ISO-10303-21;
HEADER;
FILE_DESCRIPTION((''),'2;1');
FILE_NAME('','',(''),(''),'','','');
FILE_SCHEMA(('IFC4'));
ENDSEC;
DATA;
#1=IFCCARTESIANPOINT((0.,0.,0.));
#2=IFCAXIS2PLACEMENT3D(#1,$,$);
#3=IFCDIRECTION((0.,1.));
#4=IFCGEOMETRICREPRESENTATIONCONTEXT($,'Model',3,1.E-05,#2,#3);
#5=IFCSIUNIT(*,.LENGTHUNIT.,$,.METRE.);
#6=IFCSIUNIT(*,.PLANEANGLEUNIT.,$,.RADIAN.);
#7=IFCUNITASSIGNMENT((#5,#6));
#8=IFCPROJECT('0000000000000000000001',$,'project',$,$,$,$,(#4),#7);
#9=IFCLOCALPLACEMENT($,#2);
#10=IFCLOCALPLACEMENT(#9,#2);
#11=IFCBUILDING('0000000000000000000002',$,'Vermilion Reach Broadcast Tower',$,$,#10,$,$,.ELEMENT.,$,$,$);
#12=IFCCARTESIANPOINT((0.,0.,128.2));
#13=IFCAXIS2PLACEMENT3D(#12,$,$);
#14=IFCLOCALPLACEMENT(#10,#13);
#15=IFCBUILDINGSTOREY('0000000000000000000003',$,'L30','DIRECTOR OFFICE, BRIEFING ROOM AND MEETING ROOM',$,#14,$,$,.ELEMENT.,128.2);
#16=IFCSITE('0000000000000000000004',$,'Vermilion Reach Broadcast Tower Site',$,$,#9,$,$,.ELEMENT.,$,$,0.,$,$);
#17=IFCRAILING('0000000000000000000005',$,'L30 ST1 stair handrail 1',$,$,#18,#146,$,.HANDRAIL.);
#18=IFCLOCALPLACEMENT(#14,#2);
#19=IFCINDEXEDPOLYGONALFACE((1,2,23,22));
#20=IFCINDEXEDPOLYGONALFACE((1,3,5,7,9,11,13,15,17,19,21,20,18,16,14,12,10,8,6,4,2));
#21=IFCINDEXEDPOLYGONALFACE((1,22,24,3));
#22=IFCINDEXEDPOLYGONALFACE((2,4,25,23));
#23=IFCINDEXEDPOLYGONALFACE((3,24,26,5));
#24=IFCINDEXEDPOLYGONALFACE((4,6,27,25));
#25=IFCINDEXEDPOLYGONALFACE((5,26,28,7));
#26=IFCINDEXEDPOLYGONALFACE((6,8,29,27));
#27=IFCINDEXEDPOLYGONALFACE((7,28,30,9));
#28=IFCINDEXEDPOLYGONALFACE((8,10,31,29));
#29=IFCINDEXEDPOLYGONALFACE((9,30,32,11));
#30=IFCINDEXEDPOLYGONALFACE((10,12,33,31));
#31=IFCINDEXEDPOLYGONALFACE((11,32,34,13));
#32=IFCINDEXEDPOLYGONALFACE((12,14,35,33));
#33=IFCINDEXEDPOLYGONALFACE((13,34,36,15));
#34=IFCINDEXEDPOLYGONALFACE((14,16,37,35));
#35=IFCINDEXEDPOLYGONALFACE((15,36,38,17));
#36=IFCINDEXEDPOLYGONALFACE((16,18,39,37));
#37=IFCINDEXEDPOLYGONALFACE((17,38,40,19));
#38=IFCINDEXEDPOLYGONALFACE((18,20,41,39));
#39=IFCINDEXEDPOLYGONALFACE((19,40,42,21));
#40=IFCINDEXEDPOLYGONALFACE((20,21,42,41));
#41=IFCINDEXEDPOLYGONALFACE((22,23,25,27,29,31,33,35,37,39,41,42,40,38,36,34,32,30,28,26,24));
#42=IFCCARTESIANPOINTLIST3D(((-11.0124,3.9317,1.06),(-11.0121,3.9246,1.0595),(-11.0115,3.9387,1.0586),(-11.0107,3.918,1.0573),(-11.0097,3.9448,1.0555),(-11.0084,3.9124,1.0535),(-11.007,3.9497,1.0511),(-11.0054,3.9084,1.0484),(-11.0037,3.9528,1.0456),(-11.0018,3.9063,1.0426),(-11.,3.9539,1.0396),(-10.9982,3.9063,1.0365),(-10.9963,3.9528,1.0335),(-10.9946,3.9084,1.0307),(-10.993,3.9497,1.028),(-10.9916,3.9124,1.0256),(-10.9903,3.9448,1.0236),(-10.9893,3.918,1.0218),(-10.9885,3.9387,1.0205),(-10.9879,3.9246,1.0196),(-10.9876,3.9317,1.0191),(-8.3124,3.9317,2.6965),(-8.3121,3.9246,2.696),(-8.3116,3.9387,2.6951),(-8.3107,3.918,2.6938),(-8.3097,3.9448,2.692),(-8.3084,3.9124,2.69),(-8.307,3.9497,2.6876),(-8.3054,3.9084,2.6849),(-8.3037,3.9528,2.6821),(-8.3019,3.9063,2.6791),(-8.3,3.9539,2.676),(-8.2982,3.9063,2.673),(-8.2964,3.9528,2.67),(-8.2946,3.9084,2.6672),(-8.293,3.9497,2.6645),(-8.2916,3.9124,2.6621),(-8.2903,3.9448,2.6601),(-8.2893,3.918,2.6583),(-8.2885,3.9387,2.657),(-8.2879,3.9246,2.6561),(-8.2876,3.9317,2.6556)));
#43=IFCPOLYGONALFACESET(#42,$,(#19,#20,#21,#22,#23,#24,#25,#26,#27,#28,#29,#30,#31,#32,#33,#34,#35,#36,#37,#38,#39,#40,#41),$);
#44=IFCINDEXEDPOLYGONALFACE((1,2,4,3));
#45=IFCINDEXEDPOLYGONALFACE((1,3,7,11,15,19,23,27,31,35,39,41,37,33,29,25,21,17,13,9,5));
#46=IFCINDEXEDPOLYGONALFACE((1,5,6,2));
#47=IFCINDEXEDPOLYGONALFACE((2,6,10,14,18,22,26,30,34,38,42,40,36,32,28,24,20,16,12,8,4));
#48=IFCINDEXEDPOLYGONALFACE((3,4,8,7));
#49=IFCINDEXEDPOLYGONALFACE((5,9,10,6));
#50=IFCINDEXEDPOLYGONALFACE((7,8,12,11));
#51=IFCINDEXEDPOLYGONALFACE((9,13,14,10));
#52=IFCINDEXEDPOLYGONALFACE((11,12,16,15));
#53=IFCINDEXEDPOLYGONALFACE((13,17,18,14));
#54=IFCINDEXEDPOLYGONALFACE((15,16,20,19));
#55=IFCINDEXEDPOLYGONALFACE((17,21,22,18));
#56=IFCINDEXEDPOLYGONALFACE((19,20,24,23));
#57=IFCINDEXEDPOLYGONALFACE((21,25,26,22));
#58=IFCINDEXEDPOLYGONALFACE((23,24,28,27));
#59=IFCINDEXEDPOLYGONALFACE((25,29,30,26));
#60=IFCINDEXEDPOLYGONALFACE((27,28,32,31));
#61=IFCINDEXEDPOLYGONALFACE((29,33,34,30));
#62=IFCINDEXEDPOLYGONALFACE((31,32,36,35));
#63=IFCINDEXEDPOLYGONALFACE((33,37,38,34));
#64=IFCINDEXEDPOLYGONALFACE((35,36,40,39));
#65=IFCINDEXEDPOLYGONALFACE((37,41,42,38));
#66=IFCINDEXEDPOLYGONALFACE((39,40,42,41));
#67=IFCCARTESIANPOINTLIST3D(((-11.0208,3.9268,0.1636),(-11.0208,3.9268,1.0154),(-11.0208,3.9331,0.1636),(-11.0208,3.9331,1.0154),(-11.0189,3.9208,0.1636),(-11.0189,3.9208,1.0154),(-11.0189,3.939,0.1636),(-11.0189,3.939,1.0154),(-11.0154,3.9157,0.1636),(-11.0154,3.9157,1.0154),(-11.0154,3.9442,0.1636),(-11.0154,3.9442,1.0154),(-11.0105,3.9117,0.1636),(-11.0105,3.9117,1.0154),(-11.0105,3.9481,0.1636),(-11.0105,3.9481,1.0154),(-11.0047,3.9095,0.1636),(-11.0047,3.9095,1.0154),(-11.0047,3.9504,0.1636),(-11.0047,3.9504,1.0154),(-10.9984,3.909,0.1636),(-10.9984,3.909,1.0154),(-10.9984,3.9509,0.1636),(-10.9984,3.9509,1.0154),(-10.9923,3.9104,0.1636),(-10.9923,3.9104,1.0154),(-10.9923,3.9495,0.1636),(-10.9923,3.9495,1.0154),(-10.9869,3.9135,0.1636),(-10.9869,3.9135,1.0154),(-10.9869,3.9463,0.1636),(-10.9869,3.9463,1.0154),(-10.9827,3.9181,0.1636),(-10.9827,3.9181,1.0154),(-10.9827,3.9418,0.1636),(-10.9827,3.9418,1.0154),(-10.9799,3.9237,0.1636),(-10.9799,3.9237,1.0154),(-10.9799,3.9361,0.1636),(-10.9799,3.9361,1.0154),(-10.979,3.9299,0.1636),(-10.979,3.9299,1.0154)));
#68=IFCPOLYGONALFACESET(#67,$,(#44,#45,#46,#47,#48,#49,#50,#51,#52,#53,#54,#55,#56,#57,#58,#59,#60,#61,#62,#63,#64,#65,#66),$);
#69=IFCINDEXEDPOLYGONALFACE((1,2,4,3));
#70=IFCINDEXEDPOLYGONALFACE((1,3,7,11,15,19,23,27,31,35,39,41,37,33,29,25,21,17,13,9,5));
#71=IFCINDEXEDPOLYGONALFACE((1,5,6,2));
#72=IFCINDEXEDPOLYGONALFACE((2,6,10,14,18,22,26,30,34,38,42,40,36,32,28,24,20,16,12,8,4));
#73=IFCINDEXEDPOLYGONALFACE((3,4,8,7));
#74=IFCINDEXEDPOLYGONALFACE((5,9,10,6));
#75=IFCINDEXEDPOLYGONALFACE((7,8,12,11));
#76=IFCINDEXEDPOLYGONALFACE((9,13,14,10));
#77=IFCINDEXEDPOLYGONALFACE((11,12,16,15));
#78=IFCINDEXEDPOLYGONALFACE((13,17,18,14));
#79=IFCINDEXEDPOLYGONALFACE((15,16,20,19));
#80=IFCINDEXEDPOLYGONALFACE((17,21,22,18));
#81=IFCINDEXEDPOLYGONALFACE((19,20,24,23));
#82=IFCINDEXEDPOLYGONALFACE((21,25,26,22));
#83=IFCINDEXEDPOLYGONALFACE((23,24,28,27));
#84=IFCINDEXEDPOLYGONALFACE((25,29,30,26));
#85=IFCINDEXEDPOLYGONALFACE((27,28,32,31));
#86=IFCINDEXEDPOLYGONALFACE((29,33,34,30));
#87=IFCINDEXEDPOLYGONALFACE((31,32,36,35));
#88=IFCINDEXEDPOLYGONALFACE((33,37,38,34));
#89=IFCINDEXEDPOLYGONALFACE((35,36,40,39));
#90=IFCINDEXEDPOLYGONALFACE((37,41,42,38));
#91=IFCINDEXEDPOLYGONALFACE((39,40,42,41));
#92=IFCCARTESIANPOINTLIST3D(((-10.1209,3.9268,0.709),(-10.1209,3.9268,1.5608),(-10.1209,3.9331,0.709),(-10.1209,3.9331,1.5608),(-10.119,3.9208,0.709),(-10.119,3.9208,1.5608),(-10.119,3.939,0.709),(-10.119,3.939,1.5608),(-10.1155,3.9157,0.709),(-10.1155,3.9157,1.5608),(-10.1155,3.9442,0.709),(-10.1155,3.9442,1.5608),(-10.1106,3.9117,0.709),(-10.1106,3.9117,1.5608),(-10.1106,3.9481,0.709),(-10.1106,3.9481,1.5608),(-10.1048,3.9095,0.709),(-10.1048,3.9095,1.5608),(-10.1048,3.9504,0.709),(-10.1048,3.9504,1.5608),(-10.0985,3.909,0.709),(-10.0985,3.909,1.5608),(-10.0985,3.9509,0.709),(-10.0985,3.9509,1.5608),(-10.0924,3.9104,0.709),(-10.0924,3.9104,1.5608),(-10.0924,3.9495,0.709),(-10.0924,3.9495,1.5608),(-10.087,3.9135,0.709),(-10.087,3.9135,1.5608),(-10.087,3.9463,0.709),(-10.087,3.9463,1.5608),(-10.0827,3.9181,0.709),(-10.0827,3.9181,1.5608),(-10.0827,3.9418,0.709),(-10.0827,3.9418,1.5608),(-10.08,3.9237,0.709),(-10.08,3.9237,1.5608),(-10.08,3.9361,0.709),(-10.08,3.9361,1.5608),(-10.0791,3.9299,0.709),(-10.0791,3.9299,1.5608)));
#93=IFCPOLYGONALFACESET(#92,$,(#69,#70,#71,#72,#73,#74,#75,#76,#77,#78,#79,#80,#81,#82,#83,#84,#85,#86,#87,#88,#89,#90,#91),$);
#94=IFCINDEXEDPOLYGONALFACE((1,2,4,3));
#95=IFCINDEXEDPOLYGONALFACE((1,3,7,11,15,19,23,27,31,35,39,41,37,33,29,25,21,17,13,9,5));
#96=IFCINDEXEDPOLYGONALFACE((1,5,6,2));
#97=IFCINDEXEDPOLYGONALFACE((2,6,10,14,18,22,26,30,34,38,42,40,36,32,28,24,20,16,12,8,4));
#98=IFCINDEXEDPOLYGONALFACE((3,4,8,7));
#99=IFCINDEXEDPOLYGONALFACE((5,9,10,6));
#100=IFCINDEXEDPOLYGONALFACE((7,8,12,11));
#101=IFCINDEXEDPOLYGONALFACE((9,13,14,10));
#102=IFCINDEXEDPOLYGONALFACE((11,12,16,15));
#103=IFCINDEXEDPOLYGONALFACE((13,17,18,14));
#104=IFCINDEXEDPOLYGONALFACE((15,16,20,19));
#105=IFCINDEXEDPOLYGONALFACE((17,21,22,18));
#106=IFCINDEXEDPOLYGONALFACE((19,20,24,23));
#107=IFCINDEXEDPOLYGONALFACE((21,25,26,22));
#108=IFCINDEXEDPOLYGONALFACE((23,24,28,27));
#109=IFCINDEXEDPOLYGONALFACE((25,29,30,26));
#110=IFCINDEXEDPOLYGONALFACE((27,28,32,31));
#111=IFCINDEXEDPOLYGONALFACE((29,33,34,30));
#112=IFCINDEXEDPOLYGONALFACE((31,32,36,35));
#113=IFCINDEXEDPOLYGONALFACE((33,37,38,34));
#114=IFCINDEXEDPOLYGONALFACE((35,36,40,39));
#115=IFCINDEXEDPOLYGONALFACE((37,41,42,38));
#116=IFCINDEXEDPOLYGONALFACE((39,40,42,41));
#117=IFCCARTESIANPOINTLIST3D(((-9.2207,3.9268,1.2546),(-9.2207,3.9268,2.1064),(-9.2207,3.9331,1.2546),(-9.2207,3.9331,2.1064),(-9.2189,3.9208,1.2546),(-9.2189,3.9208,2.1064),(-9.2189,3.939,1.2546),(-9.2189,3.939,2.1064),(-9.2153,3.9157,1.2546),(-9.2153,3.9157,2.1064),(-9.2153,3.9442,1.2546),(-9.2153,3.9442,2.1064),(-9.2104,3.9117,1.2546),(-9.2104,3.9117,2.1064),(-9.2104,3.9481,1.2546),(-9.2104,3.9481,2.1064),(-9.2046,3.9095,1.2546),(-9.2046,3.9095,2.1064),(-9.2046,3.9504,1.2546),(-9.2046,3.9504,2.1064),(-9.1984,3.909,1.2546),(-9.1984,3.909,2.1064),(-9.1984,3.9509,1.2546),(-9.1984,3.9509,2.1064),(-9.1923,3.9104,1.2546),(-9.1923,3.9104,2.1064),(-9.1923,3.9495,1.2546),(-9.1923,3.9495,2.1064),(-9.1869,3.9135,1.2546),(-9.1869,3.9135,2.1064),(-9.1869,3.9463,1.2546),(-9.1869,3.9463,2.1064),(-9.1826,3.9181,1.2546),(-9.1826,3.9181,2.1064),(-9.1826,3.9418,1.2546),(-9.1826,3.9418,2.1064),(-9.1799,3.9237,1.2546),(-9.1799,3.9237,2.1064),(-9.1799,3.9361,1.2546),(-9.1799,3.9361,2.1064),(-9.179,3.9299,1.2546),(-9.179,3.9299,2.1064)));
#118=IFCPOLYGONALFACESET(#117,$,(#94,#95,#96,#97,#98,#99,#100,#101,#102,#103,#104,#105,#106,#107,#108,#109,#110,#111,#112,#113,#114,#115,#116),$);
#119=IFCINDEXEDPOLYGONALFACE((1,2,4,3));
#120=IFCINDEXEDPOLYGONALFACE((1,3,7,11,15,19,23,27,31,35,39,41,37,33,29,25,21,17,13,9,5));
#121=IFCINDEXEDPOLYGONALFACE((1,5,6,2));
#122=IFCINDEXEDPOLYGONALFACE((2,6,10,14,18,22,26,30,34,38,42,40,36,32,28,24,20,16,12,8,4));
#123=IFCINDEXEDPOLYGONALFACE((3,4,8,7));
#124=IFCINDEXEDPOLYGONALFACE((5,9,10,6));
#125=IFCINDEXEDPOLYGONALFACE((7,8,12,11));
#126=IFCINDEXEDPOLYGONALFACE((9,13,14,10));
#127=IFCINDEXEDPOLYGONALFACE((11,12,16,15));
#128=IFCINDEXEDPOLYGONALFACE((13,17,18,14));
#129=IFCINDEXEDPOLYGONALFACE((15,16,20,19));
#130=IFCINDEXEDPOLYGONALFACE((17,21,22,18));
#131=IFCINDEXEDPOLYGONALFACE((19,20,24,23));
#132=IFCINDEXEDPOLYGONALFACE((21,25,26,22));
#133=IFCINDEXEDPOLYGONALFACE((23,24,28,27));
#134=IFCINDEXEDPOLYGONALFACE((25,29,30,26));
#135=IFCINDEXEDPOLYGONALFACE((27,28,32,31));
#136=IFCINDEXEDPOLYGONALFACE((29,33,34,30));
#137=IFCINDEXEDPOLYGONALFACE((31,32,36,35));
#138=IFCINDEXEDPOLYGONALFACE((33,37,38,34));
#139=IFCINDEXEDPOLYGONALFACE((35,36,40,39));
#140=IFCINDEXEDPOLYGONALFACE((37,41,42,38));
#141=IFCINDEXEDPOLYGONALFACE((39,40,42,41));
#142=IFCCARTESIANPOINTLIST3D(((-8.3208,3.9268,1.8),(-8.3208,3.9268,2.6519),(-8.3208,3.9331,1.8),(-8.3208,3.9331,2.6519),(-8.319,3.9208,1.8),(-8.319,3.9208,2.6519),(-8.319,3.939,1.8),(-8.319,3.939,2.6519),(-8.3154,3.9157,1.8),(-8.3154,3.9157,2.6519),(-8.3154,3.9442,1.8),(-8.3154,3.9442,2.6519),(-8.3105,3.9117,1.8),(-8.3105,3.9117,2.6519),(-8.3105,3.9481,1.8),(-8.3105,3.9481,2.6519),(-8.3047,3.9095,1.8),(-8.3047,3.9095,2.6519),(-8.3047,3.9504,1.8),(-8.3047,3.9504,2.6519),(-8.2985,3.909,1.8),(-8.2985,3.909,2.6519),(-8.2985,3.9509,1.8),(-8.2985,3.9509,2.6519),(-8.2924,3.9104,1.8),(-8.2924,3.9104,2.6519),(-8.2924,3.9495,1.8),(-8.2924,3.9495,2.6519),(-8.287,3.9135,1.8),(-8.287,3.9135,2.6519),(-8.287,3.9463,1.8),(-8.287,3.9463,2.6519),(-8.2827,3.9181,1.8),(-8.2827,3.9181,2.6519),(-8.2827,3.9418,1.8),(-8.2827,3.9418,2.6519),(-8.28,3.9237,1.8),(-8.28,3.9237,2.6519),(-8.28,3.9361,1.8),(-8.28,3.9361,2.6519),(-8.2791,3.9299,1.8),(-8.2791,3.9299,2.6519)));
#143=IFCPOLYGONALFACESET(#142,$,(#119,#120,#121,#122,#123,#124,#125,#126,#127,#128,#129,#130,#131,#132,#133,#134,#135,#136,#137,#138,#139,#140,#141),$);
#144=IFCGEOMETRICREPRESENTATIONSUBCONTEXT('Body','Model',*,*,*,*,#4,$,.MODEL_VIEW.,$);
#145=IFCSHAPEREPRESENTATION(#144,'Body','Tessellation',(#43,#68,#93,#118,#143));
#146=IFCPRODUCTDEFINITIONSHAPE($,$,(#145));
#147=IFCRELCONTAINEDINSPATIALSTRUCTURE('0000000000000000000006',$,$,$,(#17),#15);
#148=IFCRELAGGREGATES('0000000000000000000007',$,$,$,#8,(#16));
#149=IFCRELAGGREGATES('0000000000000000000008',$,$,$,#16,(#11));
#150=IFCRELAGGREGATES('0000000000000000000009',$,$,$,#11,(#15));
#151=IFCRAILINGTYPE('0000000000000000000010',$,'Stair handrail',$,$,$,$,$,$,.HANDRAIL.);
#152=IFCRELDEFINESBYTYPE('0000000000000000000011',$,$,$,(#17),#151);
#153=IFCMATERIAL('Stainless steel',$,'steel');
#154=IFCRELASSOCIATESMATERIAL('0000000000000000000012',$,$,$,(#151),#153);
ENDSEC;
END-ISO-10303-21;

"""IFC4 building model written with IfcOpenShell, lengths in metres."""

from ifc_helpers import new_model, si_unit, direction, frame, origin, origin_2d, place, context, subcontext, project, spatial, circle, extrude, material, type_object, element, save


model = new_model("IFC4")

# Units and contexts
model_context = context("Model", 3, precision=1e-05, world=origin(), true_north=direction((0.0, 1.0)))
body_context = subcontext(model_context, "Body", "Model", "MODEL_VIEW")
ifc_project = project(units=[si_unit("LENGTHUNIT", "METRE"), si_unit("PLANEANGLEUNIT", "RADIAN")], contexts=[model_context])

# Site, building, storey
site_placement = place(None, origin())
site = spatial("IfcSite", under=ifc_project, at=site_placement, Name="Vermilion Reach Broadcast Tower Site", CompositionType="ELEMENT", RefElevation=0.0)
building_placement = place(site_placement, origin())
building = spatial("IfcBuilding", under=site, at=building_placement, Name="Vermilion Reach Broadcast Tower", CompositionType="ELEMENT")
storey_placement = place(building_placement, frame((0.0, 0.0, 128.2)))
storey = spatial("IfcBuildingStorey", under=building, at=storey_placement, Name="L30", Description="DIRECTOR OFFICE, BRIEFING ROOM AND MEETING ROOM", CompositionType="ELEMENT", Elevation=128.2)

# Railing
ifc_material_1 = material(Name="Stainless steel", Category="steel")
railing_type_1 = type_object("IfcRailingType", Name="Stair handrail", PredefinedType="HANDRAIL", material=ifc_material_1)
railing_1_placement = place(storey_placement, frame((-11.0, 3.9299, 0.1636)))
element("IfcRailing", 1, at=railing_1_placement, inside=storey, type_object=railing_type_1, Name="L30 ST1 stair handrail 1", PredefinedType="HANDRAIL", context=body_context, shape_type="SweptSolid", body=[
    extrude(circle(Radius=0.0239, at=origin_2d()), frame((0.0, 0.0, 0.876), z_axis=(0.855178, 0.0, 0.518334), x_axis=(0.0, 1.0, 0.0)), (0.0, 0.0, 1.0), 3.1572),
    extrude(circle(Radius=0.021, at=origin_2d()), origin(), (0.0, 0.0, 1.0), 0.8518),
    extrude(circle(Radius=0.021, at=origin_2d()), frame((0.8999, 0.0, 0.5454)), (0.0, 0.0, 1.0), 0.8518),
    extrude(circle(Radius=0.021, at=origin_2d()), frame((1.8, 0.0, 1.0911)), (0.0, 0.0, 1.0), 0.8518),
    extrude(circle(Radius=0.021, at=origin_2d()), frame((2.7, 0.0, 1.6365)), (0.0, 0.0, 1.0), 0.8518),
])

save(model, "model.ifc")
